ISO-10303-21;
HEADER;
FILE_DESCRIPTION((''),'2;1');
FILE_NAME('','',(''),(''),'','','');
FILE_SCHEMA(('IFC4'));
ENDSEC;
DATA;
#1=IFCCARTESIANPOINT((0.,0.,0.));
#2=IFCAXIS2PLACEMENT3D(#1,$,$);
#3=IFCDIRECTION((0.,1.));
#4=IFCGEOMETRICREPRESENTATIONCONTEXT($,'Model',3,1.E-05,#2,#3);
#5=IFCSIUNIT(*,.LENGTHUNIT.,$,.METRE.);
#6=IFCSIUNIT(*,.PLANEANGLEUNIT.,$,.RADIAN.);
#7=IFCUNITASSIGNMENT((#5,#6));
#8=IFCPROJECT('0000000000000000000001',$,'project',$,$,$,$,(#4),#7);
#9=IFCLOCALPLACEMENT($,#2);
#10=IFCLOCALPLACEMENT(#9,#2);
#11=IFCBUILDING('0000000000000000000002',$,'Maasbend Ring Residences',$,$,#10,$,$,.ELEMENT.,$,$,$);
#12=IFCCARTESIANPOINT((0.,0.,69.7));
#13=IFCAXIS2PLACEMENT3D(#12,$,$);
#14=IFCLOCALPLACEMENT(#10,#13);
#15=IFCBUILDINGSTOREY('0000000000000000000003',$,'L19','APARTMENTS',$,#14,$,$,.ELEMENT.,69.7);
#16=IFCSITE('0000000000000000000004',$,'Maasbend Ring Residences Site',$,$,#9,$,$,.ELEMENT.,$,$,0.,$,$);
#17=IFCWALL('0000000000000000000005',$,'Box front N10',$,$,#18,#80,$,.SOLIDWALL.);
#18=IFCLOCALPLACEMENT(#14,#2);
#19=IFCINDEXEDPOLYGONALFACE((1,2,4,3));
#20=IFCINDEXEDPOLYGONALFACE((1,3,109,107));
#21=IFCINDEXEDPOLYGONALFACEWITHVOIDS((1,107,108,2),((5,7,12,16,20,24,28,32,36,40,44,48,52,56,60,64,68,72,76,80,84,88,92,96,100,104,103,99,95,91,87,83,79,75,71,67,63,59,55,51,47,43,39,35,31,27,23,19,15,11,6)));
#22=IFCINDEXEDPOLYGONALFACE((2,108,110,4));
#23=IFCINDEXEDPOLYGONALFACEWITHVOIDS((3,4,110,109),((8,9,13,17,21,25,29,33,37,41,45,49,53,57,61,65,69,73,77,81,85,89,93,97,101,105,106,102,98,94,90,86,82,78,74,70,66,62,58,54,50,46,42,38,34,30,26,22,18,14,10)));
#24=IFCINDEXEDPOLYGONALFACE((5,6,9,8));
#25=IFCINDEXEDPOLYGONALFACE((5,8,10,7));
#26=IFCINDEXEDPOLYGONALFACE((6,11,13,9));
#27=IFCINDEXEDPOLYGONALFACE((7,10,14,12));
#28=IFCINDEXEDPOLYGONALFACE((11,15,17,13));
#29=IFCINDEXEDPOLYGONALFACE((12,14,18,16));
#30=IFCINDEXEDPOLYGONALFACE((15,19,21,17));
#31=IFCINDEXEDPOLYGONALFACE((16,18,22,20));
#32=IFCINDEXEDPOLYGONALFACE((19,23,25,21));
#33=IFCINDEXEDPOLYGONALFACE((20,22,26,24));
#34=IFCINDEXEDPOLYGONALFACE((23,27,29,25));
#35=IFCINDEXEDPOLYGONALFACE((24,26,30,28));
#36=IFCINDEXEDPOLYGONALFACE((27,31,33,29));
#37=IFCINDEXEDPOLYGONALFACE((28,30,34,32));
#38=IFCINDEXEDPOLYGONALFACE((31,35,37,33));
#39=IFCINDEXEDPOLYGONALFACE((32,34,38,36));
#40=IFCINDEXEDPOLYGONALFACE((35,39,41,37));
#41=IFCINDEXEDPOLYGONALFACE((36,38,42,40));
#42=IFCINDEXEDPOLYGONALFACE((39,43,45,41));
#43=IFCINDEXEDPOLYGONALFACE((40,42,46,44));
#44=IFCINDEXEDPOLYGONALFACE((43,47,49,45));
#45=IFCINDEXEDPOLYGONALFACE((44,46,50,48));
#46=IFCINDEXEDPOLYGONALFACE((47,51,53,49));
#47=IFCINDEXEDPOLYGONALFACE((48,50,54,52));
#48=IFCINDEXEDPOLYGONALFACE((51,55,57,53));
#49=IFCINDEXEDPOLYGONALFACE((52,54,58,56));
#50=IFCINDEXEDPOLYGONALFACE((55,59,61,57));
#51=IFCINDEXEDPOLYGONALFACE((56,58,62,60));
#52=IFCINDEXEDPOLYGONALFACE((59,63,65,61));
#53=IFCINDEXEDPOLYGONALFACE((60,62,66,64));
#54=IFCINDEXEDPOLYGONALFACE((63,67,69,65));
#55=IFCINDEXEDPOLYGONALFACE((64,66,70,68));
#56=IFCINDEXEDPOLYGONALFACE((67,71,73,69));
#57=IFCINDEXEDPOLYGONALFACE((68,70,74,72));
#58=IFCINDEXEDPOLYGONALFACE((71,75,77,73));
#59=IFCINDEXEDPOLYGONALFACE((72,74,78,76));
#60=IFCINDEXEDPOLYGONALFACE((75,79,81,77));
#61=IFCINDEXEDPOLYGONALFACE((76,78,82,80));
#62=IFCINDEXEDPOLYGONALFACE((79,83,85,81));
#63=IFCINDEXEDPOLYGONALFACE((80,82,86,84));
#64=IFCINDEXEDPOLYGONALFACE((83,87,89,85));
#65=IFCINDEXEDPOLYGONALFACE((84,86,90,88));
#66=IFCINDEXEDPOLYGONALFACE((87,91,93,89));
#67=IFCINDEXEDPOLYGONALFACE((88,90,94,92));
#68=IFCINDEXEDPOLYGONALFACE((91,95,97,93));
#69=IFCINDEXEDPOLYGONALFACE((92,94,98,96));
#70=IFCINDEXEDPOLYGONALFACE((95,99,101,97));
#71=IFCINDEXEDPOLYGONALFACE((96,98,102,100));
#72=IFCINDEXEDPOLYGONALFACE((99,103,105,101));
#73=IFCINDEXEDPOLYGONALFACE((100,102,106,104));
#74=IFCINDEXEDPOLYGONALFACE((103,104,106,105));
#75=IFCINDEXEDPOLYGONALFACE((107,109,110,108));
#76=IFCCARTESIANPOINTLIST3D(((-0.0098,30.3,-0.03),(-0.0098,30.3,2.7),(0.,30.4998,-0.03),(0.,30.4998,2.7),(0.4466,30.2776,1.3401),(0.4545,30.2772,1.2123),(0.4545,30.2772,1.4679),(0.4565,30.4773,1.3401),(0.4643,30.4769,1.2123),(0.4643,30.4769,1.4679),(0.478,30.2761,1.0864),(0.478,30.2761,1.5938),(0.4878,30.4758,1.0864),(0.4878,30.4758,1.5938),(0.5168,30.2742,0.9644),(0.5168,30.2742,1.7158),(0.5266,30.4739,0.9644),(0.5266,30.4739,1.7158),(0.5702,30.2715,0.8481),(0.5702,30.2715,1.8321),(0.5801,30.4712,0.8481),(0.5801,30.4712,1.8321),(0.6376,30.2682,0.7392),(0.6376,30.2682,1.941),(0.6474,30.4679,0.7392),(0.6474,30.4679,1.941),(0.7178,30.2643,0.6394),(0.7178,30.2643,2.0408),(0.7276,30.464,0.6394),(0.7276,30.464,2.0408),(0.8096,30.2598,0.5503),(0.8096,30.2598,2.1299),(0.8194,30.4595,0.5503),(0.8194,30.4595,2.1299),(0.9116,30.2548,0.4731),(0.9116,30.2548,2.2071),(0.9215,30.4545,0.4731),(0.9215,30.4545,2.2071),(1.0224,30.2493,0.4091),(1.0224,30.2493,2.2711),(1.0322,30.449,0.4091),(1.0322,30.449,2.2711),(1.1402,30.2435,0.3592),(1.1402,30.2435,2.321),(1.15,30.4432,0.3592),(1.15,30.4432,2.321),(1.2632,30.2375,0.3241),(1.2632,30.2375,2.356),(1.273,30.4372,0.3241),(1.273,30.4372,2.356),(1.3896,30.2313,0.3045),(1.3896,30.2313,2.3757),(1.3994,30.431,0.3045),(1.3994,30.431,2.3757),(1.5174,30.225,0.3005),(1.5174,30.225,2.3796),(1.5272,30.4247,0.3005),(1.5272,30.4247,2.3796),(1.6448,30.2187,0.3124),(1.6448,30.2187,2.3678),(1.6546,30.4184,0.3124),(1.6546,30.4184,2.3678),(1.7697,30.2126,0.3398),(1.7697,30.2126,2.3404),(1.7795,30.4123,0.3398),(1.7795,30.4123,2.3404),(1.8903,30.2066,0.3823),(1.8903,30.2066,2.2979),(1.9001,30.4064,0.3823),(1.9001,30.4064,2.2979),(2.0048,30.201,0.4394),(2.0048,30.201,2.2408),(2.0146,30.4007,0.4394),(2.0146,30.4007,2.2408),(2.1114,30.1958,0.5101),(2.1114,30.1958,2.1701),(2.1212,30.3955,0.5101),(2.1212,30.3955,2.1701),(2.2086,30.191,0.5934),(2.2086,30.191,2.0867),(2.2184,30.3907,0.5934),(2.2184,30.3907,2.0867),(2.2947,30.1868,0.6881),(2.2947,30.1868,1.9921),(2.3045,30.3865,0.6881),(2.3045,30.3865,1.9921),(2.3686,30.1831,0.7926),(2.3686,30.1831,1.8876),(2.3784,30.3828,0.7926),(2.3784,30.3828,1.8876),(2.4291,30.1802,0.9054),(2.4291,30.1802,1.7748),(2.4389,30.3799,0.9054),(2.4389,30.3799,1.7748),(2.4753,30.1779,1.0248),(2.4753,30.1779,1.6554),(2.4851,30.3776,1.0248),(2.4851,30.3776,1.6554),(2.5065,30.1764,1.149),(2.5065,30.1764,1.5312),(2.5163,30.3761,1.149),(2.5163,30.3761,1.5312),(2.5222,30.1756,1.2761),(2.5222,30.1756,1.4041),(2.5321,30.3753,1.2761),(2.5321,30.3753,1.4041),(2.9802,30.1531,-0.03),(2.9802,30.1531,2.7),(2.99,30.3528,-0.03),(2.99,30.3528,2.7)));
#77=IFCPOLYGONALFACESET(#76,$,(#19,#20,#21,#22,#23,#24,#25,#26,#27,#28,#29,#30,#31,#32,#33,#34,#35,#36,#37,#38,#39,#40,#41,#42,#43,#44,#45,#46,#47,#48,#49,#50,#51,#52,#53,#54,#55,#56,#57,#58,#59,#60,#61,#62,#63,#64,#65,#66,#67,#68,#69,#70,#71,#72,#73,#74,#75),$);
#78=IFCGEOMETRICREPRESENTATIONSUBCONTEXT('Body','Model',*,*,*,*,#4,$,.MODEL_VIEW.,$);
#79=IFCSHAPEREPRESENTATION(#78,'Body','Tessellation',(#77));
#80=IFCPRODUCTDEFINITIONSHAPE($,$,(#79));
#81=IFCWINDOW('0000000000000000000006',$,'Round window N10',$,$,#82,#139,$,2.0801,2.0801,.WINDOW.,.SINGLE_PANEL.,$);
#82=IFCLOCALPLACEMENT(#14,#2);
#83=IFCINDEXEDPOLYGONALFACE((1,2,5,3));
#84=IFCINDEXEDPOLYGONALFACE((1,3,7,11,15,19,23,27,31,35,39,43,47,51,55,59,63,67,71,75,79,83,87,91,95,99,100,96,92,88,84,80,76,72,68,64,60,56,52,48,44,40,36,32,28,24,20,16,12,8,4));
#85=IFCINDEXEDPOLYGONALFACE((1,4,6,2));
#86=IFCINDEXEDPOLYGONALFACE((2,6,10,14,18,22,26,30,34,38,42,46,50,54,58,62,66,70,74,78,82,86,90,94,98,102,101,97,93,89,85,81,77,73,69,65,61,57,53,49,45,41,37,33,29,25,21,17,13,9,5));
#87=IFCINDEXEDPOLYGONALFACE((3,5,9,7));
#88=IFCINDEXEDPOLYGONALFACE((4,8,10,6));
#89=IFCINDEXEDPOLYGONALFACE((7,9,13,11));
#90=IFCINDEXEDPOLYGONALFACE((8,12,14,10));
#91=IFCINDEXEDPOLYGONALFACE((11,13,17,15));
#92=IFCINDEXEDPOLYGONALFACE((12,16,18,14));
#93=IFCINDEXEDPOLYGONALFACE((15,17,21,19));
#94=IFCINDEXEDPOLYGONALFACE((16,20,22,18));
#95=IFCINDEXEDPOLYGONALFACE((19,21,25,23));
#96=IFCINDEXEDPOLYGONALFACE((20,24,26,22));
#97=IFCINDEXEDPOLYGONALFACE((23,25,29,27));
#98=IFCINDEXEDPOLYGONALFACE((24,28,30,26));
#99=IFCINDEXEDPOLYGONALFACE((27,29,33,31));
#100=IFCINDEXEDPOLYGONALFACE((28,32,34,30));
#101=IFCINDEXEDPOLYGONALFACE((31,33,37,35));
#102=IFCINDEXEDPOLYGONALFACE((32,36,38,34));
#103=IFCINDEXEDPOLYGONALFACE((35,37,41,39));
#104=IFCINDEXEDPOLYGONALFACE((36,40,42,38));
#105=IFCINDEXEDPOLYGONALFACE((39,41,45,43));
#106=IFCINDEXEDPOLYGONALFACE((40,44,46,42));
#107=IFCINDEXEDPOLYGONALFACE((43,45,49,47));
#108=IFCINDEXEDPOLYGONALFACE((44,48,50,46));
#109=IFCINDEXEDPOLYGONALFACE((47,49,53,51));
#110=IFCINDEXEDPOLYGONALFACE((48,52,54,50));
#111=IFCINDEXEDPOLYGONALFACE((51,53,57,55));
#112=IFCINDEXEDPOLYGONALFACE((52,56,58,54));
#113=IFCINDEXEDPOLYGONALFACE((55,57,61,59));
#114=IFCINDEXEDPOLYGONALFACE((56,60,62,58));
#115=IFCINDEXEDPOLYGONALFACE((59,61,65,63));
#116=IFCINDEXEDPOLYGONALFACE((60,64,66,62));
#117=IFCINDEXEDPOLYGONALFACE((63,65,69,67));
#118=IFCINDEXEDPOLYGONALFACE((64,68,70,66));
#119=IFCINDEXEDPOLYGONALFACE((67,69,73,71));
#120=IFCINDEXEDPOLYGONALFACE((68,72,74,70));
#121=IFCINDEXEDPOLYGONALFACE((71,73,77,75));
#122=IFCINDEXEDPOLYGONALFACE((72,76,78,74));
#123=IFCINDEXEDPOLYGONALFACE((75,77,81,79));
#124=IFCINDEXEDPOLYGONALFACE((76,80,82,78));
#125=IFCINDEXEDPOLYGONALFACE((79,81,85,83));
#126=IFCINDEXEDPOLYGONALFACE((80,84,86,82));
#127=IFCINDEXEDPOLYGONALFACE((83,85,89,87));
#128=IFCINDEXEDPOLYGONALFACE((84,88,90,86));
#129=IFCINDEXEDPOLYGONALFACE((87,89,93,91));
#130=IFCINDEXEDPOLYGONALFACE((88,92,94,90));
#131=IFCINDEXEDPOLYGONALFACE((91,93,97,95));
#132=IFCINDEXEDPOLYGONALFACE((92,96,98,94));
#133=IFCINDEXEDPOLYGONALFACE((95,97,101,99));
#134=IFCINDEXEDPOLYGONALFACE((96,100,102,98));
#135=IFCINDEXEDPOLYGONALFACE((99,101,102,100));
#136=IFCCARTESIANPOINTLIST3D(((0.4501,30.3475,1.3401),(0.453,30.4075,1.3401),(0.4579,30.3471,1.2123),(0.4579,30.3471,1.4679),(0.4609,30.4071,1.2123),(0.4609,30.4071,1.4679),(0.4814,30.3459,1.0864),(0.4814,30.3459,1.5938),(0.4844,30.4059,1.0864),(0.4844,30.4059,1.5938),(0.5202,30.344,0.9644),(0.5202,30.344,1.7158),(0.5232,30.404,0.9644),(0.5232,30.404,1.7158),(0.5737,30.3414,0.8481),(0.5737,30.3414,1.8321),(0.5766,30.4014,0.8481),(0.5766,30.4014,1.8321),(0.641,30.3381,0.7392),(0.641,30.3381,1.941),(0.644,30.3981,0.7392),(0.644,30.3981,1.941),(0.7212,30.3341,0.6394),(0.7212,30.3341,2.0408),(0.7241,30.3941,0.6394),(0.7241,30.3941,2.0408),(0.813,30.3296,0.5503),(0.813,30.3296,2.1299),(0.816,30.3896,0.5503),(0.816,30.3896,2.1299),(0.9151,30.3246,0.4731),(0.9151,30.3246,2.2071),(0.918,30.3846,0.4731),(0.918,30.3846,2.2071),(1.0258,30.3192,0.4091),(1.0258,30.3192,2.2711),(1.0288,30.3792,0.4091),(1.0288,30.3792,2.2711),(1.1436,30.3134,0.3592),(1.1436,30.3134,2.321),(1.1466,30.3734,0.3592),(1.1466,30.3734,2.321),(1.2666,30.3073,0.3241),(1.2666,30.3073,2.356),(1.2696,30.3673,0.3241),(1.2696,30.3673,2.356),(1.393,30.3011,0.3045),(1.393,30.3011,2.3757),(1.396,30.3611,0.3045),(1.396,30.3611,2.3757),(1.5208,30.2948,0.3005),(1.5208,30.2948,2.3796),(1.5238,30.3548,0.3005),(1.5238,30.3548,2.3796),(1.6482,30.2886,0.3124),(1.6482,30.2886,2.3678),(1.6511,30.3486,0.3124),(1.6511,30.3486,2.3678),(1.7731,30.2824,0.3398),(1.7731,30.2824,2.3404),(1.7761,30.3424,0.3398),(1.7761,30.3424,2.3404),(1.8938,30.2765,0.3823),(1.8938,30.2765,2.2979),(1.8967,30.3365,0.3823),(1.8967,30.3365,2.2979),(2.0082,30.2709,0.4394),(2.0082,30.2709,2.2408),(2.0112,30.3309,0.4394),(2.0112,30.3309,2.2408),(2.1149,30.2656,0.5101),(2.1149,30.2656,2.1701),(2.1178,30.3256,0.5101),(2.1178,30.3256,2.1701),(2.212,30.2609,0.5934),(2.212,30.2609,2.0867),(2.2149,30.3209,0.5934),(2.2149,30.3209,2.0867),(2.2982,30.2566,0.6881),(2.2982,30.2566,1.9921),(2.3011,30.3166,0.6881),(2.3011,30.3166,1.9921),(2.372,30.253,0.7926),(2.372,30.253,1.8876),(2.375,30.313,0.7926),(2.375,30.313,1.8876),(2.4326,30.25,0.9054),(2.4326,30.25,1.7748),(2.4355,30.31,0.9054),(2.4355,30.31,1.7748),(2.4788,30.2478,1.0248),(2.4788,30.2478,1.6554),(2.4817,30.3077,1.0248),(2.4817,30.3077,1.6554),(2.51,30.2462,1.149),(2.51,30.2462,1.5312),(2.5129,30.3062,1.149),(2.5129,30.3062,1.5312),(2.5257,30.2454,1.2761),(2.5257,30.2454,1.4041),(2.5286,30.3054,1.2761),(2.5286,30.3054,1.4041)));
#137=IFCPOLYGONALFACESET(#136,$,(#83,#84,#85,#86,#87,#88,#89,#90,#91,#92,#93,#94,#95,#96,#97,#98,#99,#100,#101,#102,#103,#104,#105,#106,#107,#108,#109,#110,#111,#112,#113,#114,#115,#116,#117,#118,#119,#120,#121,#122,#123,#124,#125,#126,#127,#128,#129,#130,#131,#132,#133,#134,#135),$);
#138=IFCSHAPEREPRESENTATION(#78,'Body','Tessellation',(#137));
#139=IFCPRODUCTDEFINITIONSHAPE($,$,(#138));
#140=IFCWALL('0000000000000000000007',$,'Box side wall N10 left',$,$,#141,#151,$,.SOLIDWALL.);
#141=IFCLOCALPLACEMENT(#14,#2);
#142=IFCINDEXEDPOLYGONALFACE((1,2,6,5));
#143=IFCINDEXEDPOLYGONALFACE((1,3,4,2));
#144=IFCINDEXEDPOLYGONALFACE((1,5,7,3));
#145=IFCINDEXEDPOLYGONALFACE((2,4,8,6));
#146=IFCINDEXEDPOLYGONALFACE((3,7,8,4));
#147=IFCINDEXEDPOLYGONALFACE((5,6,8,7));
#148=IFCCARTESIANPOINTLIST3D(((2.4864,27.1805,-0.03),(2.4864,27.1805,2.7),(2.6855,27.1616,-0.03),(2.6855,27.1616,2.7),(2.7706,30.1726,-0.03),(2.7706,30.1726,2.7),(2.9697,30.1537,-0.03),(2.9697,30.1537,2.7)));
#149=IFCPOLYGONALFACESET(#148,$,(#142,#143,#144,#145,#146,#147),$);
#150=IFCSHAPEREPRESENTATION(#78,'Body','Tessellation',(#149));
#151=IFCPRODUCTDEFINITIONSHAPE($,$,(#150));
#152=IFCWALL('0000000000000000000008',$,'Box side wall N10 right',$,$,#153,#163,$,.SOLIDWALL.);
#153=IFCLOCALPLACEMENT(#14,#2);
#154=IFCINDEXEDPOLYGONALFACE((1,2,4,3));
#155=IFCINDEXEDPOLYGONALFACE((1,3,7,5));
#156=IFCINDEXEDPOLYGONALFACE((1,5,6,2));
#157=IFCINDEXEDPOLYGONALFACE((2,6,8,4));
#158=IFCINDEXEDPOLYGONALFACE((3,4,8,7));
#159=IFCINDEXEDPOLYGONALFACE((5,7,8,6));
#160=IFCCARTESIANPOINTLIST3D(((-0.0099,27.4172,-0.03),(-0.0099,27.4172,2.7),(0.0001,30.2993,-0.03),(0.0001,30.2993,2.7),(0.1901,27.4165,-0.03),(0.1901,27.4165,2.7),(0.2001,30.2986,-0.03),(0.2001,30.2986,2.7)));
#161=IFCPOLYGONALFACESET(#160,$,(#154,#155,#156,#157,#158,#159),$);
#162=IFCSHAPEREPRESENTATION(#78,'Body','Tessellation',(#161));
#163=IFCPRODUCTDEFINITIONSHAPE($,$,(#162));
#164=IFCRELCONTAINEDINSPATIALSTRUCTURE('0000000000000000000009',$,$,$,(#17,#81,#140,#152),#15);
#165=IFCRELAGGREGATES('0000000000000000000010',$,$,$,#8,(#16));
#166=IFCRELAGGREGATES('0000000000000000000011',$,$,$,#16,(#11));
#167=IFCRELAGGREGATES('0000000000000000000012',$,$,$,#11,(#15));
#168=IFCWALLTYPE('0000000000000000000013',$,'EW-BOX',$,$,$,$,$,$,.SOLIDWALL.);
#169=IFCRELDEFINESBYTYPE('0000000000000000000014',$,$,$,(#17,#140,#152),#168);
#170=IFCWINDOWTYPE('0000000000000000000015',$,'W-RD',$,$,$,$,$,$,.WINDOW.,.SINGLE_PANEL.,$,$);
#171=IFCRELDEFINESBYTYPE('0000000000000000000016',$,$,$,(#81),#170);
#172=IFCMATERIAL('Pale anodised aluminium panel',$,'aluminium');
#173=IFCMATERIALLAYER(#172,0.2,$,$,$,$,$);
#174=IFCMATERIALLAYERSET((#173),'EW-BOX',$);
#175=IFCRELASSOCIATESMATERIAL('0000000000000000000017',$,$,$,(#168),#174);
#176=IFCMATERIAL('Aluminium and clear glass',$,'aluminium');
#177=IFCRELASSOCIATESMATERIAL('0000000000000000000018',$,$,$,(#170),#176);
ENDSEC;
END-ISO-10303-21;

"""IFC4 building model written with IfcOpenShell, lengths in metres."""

from ifc_helpers import new_model, si_unit, direction, frame, frame_2d, origin, place, context, subcontext, project, spatial, rectangle, circle, extrude, material, layer, layer_set, type_object, element, fill, save


model = new_model("IFC4")

# Units and contexts
model_context = context("Model", 3, precision=1e-05, world=origin(), true_north=direction((0.0, 1.0)))
body_context = subcontext(model_context, "Body", "Model", "MODEL_VIEW")
ifc_project = project(units=[si_unit("LENGTHUNIT", "METRE"), si_unit("PLANEANGLEUNIT", "RADIAN")], contexts=[model_context])

# Site, building, storey
site_placement = place(None, origin())
site = spatial("IfcSite", under=ifc_project, at=site_placement, Name="Maasbend Ring Residences Site", CompositionType="ELEMENT", RefElevation=0.0)
building_placement = place(site_placement, origin())
building = spatial("IfcBuilding", under=site, at=building_placement, Name="Maasbend Ring Residences", CompositionType="ELEMENT")
storey_placement = place(building_placement, frame((0.0, 0.0, 69.7)))
storey = spatial("IfcBuildingStorey", under=building, at=storey_placement, Name="L19", Description="APARTMENTS", CompositionType="ELEMENT", Elevation=69.7)

# Shared definitions
ifc_material_1 = material(Name="Pale anodised aluminium panel", Category="aluminium")
ifc_layer_1 = layer(ifc_material_1, 0.2)
ifc_layer_set_1 = layer_set([ifc_layer_1], Name="EW-BOX")
wall_type_1 = type_object("IfcWallType", Name="EW-BOX", PredefinedType="SOLIDWALL", material=ifc_layer_set_1)
ifc_material_2 = material(Name="Aluminium and clear glass", Category="aluminium")
window_type_1 = type_object("IfcWindowType", Name="W-RD", PartitioningType="SINGLE_PANEL", PredefinedType="WINDOW", material=ifc_material_2)

# Wall, opening, window
wall_1_placement = place(storey_placement, frame((2.9851, 30.2529, -0.03), z_axis=(0.0, 0.0, 1.0), x_axis=(-0.998794, 0.049096, 0.0)))
wall_1 = element("IfcWall", 1, at=wall_1_placement, inside=storey, type_object=wall_type_1, Name="Box front N10", PredefinedType="SOLIDWALL", context=body_context, shape_type="SweptSolid", body=[
    extrude(rectangle(XDim=2.9937, YDim=0.2, at=frame_2d((1.4968, 0.0))), origin(), (0.0, 0.0, 1.0), 2.73),
])
opening_1_placement = place(wall_1_placement, frame((0.4565, 0.0, 0.3301)))
opening_1 = element("IfcOpeningElement", 2, at=opening_1_placement, cuts=wall_1, PredefinedType="OPENING", context=body_context, shape_type="SweptSolid", body=[
    extrude(circle(Radius=1.04, at=frame_2d((1.04, 1.04))), frame((0.0, 0.1099, 0.0), z_axis=(0.0, -1.0, 0.0), x_axis=(1.0, 0.0, 0.0)), (0.0, 0.0, 1.0), 0.22),
])
window_1_placement = place(opening_1_placement, origin())
window_1 = element("IfcWindow", 3, at=window_1_placement, inside=storey, type_object=window_type_1, Name="Round window N10", OverallHeight=2.0801, OverallWidth=2.0801, PartitioningType="SINGLE_PANEL", PredefinedType="WINDOW", context=body_context, shape_type="SweptSolid", body=[
    extrude(circle(Radius=1.04, at=frame_2d((1.04, 1.04))), frame((0.0, 0.03, 0.0), z_axis=(0.0, -1.0, 0.0), x_axis=(1.0, 0.0, 0.0)), (0.0, 0.0, 1.0), 0.0601),
])
fill(opening_1, window_1)

# Walls
wall_2_placement = place(storey_placement, frame((2.5859, 27.1709, -0.03), z_axis=(0.0, 0.0, 1.0), x_axis=(0.094548, 0.99552, 0.0)))
element("IfcWall", 4, at=wall_2_placement, inside=storey, type_object=wall_type_1, Name="Box side wall N10 left", PredefinedType="SOLIDWALL", context=body_context, shape_type="SweptSolid", body=[
    extrude(rectangle(XDim=3.0056, YDim=0.2, at=frame_2d((1.5029, 0.0))), origin(), (0.0, 0.0, 1.0), 2.73),
])
wall_3_placement = place(storey_placement, frame((0.0901, 27.417, -0.03), z_axis=(0.0, 0.0, 1.0), x_axis=(0.003473, 0.999994, 0.0)))
element("IfcWall", 5, at=wall_3_placement, inside=storey, type_object=wall_type_1, Name="Box side wall N10 right", PredefinedType="SOLIDWALL", context=body_context, shape_type="SweptSolid", body=[
    extrude(rectangle(XDim=2.8821, YDim=0.2, at=frame_2d((1.4409, 0.0))), origin(), (0.0, 0.0, 1.0), 2.73),
])

save(model, "model.ifc")
